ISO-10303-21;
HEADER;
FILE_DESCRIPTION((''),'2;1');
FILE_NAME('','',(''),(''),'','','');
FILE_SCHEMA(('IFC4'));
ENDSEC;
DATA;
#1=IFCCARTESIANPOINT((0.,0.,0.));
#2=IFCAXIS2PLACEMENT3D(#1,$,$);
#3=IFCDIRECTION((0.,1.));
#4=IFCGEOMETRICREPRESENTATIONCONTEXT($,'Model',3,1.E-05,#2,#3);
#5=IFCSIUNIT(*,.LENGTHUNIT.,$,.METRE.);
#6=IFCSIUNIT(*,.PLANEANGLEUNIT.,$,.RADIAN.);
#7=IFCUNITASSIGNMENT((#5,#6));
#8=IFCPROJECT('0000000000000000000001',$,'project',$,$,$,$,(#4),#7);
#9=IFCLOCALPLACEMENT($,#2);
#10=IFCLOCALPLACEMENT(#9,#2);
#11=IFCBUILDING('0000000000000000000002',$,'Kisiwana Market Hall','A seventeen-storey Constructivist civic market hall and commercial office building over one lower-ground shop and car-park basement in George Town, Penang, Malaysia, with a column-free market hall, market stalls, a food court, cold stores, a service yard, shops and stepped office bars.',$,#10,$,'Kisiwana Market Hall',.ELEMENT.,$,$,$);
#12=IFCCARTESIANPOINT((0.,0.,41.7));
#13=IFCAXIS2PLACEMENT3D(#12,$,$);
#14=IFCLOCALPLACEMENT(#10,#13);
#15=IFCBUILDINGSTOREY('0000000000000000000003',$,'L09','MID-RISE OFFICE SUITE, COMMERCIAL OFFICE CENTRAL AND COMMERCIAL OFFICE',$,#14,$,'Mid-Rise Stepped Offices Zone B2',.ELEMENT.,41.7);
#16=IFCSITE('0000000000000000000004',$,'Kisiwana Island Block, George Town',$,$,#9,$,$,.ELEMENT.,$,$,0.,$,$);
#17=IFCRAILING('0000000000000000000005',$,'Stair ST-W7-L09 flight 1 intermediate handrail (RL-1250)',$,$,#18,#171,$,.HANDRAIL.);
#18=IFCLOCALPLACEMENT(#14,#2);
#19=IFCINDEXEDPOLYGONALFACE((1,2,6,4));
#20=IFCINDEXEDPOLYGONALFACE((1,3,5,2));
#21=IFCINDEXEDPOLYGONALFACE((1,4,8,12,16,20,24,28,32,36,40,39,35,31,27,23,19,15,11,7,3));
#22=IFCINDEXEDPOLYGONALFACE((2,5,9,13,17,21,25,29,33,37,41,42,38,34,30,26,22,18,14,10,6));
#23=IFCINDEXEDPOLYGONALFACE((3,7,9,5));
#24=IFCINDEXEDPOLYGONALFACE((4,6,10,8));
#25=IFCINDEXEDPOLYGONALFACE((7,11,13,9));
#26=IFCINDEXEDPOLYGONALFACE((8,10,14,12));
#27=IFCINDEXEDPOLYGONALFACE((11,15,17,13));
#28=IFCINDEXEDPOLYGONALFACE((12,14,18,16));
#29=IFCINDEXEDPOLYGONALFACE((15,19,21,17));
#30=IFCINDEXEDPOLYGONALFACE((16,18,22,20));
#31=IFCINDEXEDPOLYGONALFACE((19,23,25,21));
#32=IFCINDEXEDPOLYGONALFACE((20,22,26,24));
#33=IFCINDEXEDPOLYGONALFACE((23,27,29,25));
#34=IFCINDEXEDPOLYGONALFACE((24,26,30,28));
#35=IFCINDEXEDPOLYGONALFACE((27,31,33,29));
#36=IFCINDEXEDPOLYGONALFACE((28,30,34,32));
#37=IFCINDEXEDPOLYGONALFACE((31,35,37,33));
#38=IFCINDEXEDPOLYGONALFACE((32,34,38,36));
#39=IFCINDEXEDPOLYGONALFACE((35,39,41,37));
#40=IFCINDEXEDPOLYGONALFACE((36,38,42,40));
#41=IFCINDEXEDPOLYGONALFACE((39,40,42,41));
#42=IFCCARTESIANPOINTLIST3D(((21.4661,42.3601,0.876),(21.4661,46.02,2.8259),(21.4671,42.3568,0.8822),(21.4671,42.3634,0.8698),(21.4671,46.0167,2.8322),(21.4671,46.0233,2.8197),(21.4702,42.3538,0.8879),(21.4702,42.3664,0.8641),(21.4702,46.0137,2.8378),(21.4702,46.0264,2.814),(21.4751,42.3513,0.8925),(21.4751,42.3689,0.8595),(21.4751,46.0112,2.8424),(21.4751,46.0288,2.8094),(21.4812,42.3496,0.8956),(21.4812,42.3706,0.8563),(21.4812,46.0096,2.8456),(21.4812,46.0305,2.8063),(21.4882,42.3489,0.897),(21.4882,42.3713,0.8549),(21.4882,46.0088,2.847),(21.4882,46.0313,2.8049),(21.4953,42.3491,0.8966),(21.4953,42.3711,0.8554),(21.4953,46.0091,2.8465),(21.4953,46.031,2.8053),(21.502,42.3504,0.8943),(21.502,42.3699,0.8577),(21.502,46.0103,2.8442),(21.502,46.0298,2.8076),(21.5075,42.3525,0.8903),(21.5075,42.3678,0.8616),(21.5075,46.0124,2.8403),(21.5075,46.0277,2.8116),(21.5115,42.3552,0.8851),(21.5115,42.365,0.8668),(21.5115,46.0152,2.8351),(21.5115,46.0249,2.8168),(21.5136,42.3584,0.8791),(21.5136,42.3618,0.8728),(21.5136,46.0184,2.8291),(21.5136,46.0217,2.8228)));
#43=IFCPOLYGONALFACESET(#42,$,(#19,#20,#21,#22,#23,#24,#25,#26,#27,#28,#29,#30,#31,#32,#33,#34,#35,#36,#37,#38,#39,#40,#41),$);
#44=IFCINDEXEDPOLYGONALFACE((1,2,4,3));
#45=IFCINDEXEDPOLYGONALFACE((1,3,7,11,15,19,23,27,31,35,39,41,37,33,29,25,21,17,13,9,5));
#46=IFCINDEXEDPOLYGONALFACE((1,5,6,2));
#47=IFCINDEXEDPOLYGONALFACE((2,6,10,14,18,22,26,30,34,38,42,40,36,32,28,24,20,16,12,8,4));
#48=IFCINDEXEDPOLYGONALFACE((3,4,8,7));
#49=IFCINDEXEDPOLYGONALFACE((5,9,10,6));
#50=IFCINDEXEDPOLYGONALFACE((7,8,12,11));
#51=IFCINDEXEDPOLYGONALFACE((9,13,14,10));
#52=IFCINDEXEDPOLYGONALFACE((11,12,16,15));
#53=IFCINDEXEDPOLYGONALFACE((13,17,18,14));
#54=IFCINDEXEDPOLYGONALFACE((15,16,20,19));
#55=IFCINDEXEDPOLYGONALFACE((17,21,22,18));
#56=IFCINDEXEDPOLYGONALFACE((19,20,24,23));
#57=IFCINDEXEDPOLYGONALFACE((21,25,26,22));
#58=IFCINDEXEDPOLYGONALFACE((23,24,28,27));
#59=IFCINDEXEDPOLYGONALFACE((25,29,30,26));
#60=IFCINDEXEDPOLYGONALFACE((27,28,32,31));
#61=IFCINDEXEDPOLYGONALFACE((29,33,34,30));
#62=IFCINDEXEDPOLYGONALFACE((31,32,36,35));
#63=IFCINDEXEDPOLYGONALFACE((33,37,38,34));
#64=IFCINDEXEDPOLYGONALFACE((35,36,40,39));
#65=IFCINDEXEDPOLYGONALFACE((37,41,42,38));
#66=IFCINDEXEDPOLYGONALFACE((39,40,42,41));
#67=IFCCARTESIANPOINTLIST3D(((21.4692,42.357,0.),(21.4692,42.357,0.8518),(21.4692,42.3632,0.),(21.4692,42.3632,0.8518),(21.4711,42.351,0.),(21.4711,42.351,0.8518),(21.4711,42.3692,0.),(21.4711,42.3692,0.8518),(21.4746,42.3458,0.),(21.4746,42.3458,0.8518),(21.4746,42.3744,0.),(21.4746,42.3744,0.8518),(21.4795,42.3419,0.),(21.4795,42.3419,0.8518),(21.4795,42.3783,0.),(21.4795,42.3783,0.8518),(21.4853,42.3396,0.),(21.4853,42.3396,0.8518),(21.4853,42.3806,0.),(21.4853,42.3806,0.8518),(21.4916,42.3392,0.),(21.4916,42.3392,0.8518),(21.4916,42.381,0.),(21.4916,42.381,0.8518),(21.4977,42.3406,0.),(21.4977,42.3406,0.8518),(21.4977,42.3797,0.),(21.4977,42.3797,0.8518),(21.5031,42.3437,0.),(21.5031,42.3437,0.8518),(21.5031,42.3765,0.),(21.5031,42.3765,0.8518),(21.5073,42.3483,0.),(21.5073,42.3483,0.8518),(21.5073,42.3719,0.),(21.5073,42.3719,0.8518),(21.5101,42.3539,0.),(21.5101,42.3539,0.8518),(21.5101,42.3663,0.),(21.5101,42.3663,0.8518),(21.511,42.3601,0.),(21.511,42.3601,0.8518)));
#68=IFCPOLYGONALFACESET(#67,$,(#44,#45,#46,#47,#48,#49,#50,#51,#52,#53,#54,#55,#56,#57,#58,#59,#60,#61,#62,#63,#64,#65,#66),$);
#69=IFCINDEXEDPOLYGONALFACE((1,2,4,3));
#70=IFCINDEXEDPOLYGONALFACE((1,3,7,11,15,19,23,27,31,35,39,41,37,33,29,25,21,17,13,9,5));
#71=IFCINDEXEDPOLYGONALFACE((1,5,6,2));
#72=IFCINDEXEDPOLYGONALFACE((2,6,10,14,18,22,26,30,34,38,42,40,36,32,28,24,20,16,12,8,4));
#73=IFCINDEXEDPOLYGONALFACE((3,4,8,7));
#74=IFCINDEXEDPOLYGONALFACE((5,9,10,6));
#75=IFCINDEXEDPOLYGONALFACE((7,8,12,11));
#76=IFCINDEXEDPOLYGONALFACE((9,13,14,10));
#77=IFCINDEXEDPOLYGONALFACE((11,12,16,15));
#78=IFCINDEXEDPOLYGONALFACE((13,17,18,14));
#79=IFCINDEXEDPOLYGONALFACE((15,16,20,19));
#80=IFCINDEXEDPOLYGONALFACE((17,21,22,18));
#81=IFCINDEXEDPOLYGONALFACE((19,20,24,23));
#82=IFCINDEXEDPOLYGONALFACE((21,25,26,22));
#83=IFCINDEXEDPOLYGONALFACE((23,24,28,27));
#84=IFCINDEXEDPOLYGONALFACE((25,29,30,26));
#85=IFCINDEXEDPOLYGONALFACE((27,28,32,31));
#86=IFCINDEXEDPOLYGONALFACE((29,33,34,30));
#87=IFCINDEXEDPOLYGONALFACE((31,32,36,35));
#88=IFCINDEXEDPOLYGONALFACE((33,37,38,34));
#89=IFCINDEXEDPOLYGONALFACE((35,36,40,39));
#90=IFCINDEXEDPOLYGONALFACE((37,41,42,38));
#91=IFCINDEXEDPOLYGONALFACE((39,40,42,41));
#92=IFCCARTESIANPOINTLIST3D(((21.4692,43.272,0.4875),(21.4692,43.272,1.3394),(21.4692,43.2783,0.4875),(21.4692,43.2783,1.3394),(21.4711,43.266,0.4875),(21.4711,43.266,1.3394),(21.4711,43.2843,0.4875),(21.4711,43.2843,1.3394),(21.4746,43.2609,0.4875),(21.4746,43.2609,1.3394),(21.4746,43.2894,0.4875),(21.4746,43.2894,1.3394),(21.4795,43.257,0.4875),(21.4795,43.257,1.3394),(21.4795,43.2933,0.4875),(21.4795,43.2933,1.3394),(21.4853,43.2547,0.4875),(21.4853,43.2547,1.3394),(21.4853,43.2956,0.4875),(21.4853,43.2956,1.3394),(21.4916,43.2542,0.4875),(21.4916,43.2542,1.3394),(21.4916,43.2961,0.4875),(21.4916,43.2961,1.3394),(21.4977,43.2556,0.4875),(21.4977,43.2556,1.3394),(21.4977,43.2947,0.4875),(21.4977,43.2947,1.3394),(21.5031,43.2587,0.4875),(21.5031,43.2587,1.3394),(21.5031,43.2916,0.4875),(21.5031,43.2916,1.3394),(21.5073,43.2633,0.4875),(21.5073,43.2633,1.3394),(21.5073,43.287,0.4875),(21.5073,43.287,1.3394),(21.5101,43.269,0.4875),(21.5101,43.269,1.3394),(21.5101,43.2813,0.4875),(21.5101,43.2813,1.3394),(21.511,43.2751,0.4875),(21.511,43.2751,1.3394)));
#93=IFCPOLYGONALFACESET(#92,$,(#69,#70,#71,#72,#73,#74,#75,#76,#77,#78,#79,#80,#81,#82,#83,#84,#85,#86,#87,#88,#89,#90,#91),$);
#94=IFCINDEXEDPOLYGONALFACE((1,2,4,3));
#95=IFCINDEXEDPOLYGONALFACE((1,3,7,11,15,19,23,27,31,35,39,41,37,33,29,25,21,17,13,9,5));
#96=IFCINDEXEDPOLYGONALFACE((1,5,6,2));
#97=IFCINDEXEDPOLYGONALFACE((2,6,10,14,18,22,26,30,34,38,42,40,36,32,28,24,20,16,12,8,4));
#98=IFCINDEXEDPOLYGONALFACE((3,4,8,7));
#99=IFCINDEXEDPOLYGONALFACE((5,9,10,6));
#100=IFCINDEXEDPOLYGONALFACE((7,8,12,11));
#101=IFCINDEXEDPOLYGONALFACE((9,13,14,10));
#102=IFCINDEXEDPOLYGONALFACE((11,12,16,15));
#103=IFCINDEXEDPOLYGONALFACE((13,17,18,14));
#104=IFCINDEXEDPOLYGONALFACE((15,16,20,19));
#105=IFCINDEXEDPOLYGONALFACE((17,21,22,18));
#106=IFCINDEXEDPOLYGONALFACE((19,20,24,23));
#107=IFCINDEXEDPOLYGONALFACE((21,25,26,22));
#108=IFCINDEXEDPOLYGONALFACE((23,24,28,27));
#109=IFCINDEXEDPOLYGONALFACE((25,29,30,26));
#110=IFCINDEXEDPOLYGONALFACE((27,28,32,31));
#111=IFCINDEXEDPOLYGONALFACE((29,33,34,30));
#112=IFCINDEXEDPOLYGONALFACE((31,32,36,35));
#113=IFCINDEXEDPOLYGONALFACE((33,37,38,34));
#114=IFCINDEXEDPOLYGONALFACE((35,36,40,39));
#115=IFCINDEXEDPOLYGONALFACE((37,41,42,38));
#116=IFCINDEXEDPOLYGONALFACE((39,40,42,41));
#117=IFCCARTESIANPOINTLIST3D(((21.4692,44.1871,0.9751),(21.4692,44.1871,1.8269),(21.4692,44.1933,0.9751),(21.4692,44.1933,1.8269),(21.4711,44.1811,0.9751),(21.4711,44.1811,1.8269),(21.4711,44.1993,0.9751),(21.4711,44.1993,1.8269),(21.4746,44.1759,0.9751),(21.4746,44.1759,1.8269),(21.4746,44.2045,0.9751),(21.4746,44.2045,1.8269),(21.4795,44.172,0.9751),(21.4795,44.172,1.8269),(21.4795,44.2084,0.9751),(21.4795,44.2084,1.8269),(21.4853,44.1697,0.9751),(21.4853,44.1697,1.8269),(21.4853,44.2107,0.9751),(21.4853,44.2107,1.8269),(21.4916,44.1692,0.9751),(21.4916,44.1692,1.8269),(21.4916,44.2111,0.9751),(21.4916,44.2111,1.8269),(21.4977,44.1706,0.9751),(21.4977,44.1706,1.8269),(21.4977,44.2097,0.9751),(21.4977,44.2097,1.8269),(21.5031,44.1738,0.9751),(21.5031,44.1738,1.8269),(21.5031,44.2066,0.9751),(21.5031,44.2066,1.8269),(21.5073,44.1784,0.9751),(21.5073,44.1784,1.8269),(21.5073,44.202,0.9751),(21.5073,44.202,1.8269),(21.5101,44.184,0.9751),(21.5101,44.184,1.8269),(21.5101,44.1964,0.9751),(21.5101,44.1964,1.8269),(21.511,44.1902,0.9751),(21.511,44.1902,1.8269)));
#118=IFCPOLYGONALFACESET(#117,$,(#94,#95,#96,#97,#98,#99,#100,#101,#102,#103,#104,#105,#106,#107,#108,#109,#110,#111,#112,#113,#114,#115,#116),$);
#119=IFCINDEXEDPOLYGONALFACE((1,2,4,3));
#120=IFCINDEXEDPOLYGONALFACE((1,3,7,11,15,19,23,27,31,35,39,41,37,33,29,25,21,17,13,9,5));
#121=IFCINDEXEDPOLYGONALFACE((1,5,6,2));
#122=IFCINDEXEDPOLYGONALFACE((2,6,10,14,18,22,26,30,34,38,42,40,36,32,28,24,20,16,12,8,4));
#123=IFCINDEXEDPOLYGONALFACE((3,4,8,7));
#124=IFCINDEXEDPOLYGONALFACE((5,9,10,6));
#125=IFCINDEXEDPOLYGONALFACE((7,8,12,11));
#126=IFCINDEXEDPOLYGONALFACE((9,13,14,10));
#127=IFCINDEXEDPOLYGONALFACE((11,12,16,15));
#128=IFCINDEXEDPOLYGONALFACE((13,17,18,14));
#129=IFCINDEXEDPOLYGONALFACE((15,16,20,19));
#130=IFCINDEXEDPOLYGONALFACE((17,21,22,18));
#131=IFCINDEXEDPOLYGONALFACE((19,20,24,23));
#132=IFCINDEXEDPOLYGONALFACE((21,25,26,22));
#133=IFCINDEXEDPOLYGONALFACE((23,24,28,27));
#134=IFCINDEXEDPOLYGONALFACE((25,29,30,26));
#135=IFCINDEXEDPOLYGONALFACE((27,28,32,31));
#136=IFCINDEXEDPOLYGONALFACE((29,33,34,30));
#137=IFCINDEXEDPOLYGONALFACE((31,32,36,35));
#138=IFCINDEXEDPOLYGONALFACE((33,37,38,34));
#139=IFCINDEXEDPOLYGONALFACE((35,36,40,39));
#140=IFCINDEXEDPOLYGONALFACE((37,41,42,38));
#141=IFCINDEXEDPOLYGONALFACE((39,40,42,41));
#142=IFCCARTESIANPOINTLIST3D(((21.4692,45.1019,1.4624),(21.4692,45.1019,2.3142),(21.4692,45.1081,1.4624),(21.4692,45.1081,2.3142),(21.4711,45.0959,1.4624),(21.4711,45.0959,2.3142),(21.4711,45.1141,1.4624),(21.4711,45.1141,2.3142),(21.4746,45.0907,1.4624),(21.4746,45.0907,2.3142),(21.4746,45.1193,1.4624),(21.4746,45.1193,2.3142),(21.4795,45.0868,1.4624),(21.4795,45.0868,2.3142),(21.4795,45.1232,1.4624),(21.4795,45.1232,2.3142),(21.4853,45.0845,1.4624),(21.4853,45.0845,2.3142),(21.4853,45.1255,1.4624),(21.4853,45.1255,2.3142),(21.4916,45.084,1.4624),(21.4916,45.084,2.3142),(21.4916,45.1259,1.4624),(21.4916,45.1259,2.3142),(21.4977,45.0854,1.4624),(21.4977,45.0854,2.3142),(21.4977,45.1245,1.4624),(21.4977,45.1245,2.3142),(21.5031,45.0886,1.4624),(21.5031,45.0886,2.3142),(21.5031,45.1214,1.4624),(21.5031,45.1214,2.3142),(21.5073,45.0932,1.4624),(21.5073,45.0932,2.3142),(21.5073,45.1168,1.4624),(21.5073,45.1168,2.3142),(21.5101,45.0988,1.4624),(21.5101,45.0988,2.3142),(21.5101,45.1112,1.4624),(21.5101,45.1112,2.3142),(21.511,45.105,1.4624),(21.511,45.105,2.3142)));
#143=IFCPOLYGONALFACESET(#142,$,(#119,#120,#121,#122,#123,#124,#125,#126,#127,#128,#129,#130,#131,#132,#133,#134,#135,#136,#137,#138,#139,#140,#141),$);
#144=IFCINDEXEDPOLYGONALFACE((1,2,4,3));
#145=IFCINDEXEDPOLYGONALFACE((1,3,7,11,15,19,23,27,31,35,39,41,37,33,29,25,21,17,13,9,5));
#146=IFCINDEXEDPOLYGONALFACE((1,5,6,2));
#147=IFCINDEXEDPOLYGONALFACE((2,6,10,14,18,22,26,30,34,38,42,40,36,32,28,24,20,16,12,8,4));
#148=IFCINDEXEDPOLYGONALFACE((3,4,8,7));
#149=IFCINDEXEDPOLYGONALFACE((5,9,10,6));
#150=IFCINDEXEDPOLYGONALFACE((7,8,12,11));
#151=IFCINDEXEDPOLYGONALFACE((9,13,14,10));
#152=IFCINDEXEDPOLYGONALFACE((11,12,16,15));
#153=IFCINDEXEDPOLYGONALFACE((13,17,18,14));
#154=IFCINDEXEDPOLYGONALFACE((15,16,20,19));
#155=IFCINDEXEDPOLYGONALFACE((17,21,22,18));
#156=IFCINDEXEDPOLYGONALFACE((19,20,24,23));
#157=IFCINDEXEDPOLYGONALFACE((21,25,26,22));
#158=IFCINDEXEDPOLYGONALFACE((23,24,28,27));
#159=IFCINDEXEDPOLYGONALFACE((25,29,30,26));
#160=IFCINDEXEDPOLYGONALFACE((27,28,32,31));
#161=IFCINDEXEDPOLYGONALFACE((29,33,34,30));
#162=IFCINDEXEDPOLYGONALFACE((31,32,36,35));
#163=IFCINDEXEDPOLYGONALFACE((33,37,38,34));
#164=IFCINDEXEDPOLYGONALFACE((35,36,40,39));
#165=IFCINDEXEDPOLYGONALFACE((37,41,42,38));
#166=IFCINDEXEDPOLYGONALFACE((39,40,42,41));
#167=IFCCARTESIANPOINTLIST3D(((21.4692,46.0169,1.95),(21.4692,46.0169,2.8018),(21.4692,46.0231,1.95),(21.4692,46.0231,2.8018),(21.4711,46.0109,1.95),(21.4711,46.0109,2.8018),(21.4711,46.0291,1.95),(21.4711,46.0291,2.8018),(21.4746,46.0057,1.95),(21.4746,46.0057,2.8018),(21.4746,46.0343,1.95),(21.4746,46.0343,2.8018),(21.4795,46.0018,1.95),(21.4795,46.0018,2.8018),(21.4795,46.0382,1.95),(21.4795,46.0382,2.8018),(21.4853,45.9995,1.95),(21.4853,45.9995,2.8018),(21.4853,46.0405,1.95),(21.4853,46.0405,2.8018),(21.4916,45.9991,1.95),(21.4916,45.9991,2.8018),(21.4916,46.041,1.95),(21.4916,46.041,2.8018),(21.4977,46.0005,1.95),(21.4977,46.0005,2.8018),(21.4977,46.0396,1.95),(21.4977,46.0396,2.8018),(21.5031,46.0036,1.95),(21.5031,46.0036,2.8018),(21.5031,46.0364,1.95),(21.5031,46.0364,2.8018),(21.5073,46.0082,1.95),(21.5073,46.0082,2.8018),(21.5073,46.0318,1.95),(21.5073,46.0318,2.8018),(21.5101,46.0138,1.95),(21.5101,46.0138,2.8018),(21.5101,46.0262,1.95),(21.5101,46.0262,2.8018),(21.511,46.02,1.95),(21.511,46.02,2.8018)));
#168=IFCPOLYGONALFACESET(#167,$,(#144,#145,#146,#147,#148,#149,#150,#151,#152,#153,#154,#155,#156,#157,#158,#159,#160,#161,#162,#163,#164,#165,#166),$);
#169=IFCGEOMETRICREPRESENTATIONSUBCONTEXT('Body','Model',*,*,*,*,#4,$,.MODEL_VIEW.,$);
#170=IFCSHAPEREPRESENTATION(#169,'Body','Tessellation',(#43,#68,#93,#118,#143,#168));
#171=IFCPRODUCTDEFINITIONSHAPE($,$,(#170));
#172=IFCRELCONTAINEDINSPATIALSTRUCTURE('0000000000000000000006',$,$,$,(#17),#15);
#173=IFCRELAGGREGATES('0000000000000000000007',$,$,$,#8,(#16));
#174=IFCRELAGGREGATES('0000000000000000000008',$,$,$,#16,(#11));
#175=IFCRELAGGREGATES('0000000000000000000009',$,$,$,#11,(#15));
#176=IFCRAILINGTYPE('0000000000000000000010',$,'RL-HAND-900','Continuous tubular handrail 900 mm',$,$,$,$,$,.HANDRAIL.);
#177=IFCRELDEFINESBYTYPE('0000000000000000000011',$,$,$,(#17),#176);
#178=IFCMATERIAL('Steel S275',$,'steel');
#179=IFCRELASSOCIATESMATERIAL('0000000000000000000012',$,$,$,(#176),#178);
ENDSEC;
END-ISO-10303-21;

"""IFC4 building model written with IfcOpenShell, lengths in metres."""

from ifc_helpers import new_model, si_unit, direction, frame, origin, origin_2d, place, context, subcontext, project, spatial, circle, extrude, material, type_object, element, save


model = new_model("IFC4")

# Units and contexts
model_context = context("Model", 3, precision=1e-05, world=origin(), true_north=direction((0.0, 1.0)))
body_context = subcontext(model_context, "Body", "Model", "MODEL_VIEW")
ifc_project = project(units=[si_unit("LENGTHUNIT", "METRE"), si_unit("PLANEANGLEUNIT", "RADIAN")], contexts=[model_context])

# Site, building, storey
site_placement = place(None, origin())
site = spatial("IfcSite", under=ifc_project, at=site_placement, Name="Kisiwana Island Block, George Town", CompositionType="ELEMENT", RefElevation=0.0)
building_placement = place(site_placement, origin())
building = spatial("IfcBuilding", under=site, at=building_placement, Name="Kisiwana Market Hall", Description="A seventeen-storey Constructivist civic market hall and commercial office building over one lower-ground shop and car-park basement in George Town, Penang, Malaysia, with a column-free market hall, market stalls, a food court, cold stores, a service yard, shops and stepped office bars.", LongName="Kisiwana Market Hall", CompositionType="ELEMENT")
storey_placement = place(building_placement, frame((0.0, 0.0, 41.7)))
storey = spatial("IfcBuildingStorey", under=building, at=storey_placement, Name="L09", Description="MID-RISE OFFICE SUITE, COMMERCIAL OFFICE CENTRAL AND COMMERCIAL OFFICE", LongName="Mid-Rise Stepped Offices Zone B2", CompositionType="ELEMENT", Elevation=41.7)

# Railing
ifc_material_1 = material(Name="Steel S275", Category="steel")
railing_type_1 = type_object("IfcRailingType", Name="RL-HAND-900", Description="Continuous tubular handrail 900 mm", PredefinedType="HANDRAIL", material=ifc_material_1)
railing_1_placement = place(storey_placement, frame((21.49, 42.3601, 0.0)))
element("IfcRailing", 1, at=railing_1_placement, inside=storey, type_object=railing_type_1, Name="Stair ST-W7-L09 flight 1 intermediate handrail (RL-1250)", PredefinedType="HANDRAIL", context=body_context, shape_type="SweptSolid", body=[
    extrude(circle(Radius=0.0239, at=origin_2d()), frame((0.0, 0.0, 0.876), z_axis=(0.0, 0.882553, 0.470212), x_axis=(-1.0, 0.0, 0.0)), (0.0, 0.0, 1.0), 4.147),
    extrude(circle(Radius=0.021, at=origin_2d()), origin(), (0.0, 0.0, 1.0), 0.8518),
    extrude(circle(Radius=0.021, at=origin_2d()), frame((0.0, 0.915, 0.4875)), (0.0, 0.0, 1.0), 0.8518),
    extrude(circle(Radius=0.021, at=origin_2d()), frame((0.0, 1.8301, 0.9751)), (0.0, 0.0, 1.0), 0.8518),
    extrude(circle(Radius=0.021, at=origin_2d()), frame((0.0, 2.7449, 1.4624)), (0.0, 0.0, 1.0), 0.8518),
    extrude(circle(Radius=0.021, at=origin_2d()), frame((0.0, 3.6599, 1.95)), (0.0, 0.0, 1.0), 0.8518),
])

save(model, "model.ifc")
